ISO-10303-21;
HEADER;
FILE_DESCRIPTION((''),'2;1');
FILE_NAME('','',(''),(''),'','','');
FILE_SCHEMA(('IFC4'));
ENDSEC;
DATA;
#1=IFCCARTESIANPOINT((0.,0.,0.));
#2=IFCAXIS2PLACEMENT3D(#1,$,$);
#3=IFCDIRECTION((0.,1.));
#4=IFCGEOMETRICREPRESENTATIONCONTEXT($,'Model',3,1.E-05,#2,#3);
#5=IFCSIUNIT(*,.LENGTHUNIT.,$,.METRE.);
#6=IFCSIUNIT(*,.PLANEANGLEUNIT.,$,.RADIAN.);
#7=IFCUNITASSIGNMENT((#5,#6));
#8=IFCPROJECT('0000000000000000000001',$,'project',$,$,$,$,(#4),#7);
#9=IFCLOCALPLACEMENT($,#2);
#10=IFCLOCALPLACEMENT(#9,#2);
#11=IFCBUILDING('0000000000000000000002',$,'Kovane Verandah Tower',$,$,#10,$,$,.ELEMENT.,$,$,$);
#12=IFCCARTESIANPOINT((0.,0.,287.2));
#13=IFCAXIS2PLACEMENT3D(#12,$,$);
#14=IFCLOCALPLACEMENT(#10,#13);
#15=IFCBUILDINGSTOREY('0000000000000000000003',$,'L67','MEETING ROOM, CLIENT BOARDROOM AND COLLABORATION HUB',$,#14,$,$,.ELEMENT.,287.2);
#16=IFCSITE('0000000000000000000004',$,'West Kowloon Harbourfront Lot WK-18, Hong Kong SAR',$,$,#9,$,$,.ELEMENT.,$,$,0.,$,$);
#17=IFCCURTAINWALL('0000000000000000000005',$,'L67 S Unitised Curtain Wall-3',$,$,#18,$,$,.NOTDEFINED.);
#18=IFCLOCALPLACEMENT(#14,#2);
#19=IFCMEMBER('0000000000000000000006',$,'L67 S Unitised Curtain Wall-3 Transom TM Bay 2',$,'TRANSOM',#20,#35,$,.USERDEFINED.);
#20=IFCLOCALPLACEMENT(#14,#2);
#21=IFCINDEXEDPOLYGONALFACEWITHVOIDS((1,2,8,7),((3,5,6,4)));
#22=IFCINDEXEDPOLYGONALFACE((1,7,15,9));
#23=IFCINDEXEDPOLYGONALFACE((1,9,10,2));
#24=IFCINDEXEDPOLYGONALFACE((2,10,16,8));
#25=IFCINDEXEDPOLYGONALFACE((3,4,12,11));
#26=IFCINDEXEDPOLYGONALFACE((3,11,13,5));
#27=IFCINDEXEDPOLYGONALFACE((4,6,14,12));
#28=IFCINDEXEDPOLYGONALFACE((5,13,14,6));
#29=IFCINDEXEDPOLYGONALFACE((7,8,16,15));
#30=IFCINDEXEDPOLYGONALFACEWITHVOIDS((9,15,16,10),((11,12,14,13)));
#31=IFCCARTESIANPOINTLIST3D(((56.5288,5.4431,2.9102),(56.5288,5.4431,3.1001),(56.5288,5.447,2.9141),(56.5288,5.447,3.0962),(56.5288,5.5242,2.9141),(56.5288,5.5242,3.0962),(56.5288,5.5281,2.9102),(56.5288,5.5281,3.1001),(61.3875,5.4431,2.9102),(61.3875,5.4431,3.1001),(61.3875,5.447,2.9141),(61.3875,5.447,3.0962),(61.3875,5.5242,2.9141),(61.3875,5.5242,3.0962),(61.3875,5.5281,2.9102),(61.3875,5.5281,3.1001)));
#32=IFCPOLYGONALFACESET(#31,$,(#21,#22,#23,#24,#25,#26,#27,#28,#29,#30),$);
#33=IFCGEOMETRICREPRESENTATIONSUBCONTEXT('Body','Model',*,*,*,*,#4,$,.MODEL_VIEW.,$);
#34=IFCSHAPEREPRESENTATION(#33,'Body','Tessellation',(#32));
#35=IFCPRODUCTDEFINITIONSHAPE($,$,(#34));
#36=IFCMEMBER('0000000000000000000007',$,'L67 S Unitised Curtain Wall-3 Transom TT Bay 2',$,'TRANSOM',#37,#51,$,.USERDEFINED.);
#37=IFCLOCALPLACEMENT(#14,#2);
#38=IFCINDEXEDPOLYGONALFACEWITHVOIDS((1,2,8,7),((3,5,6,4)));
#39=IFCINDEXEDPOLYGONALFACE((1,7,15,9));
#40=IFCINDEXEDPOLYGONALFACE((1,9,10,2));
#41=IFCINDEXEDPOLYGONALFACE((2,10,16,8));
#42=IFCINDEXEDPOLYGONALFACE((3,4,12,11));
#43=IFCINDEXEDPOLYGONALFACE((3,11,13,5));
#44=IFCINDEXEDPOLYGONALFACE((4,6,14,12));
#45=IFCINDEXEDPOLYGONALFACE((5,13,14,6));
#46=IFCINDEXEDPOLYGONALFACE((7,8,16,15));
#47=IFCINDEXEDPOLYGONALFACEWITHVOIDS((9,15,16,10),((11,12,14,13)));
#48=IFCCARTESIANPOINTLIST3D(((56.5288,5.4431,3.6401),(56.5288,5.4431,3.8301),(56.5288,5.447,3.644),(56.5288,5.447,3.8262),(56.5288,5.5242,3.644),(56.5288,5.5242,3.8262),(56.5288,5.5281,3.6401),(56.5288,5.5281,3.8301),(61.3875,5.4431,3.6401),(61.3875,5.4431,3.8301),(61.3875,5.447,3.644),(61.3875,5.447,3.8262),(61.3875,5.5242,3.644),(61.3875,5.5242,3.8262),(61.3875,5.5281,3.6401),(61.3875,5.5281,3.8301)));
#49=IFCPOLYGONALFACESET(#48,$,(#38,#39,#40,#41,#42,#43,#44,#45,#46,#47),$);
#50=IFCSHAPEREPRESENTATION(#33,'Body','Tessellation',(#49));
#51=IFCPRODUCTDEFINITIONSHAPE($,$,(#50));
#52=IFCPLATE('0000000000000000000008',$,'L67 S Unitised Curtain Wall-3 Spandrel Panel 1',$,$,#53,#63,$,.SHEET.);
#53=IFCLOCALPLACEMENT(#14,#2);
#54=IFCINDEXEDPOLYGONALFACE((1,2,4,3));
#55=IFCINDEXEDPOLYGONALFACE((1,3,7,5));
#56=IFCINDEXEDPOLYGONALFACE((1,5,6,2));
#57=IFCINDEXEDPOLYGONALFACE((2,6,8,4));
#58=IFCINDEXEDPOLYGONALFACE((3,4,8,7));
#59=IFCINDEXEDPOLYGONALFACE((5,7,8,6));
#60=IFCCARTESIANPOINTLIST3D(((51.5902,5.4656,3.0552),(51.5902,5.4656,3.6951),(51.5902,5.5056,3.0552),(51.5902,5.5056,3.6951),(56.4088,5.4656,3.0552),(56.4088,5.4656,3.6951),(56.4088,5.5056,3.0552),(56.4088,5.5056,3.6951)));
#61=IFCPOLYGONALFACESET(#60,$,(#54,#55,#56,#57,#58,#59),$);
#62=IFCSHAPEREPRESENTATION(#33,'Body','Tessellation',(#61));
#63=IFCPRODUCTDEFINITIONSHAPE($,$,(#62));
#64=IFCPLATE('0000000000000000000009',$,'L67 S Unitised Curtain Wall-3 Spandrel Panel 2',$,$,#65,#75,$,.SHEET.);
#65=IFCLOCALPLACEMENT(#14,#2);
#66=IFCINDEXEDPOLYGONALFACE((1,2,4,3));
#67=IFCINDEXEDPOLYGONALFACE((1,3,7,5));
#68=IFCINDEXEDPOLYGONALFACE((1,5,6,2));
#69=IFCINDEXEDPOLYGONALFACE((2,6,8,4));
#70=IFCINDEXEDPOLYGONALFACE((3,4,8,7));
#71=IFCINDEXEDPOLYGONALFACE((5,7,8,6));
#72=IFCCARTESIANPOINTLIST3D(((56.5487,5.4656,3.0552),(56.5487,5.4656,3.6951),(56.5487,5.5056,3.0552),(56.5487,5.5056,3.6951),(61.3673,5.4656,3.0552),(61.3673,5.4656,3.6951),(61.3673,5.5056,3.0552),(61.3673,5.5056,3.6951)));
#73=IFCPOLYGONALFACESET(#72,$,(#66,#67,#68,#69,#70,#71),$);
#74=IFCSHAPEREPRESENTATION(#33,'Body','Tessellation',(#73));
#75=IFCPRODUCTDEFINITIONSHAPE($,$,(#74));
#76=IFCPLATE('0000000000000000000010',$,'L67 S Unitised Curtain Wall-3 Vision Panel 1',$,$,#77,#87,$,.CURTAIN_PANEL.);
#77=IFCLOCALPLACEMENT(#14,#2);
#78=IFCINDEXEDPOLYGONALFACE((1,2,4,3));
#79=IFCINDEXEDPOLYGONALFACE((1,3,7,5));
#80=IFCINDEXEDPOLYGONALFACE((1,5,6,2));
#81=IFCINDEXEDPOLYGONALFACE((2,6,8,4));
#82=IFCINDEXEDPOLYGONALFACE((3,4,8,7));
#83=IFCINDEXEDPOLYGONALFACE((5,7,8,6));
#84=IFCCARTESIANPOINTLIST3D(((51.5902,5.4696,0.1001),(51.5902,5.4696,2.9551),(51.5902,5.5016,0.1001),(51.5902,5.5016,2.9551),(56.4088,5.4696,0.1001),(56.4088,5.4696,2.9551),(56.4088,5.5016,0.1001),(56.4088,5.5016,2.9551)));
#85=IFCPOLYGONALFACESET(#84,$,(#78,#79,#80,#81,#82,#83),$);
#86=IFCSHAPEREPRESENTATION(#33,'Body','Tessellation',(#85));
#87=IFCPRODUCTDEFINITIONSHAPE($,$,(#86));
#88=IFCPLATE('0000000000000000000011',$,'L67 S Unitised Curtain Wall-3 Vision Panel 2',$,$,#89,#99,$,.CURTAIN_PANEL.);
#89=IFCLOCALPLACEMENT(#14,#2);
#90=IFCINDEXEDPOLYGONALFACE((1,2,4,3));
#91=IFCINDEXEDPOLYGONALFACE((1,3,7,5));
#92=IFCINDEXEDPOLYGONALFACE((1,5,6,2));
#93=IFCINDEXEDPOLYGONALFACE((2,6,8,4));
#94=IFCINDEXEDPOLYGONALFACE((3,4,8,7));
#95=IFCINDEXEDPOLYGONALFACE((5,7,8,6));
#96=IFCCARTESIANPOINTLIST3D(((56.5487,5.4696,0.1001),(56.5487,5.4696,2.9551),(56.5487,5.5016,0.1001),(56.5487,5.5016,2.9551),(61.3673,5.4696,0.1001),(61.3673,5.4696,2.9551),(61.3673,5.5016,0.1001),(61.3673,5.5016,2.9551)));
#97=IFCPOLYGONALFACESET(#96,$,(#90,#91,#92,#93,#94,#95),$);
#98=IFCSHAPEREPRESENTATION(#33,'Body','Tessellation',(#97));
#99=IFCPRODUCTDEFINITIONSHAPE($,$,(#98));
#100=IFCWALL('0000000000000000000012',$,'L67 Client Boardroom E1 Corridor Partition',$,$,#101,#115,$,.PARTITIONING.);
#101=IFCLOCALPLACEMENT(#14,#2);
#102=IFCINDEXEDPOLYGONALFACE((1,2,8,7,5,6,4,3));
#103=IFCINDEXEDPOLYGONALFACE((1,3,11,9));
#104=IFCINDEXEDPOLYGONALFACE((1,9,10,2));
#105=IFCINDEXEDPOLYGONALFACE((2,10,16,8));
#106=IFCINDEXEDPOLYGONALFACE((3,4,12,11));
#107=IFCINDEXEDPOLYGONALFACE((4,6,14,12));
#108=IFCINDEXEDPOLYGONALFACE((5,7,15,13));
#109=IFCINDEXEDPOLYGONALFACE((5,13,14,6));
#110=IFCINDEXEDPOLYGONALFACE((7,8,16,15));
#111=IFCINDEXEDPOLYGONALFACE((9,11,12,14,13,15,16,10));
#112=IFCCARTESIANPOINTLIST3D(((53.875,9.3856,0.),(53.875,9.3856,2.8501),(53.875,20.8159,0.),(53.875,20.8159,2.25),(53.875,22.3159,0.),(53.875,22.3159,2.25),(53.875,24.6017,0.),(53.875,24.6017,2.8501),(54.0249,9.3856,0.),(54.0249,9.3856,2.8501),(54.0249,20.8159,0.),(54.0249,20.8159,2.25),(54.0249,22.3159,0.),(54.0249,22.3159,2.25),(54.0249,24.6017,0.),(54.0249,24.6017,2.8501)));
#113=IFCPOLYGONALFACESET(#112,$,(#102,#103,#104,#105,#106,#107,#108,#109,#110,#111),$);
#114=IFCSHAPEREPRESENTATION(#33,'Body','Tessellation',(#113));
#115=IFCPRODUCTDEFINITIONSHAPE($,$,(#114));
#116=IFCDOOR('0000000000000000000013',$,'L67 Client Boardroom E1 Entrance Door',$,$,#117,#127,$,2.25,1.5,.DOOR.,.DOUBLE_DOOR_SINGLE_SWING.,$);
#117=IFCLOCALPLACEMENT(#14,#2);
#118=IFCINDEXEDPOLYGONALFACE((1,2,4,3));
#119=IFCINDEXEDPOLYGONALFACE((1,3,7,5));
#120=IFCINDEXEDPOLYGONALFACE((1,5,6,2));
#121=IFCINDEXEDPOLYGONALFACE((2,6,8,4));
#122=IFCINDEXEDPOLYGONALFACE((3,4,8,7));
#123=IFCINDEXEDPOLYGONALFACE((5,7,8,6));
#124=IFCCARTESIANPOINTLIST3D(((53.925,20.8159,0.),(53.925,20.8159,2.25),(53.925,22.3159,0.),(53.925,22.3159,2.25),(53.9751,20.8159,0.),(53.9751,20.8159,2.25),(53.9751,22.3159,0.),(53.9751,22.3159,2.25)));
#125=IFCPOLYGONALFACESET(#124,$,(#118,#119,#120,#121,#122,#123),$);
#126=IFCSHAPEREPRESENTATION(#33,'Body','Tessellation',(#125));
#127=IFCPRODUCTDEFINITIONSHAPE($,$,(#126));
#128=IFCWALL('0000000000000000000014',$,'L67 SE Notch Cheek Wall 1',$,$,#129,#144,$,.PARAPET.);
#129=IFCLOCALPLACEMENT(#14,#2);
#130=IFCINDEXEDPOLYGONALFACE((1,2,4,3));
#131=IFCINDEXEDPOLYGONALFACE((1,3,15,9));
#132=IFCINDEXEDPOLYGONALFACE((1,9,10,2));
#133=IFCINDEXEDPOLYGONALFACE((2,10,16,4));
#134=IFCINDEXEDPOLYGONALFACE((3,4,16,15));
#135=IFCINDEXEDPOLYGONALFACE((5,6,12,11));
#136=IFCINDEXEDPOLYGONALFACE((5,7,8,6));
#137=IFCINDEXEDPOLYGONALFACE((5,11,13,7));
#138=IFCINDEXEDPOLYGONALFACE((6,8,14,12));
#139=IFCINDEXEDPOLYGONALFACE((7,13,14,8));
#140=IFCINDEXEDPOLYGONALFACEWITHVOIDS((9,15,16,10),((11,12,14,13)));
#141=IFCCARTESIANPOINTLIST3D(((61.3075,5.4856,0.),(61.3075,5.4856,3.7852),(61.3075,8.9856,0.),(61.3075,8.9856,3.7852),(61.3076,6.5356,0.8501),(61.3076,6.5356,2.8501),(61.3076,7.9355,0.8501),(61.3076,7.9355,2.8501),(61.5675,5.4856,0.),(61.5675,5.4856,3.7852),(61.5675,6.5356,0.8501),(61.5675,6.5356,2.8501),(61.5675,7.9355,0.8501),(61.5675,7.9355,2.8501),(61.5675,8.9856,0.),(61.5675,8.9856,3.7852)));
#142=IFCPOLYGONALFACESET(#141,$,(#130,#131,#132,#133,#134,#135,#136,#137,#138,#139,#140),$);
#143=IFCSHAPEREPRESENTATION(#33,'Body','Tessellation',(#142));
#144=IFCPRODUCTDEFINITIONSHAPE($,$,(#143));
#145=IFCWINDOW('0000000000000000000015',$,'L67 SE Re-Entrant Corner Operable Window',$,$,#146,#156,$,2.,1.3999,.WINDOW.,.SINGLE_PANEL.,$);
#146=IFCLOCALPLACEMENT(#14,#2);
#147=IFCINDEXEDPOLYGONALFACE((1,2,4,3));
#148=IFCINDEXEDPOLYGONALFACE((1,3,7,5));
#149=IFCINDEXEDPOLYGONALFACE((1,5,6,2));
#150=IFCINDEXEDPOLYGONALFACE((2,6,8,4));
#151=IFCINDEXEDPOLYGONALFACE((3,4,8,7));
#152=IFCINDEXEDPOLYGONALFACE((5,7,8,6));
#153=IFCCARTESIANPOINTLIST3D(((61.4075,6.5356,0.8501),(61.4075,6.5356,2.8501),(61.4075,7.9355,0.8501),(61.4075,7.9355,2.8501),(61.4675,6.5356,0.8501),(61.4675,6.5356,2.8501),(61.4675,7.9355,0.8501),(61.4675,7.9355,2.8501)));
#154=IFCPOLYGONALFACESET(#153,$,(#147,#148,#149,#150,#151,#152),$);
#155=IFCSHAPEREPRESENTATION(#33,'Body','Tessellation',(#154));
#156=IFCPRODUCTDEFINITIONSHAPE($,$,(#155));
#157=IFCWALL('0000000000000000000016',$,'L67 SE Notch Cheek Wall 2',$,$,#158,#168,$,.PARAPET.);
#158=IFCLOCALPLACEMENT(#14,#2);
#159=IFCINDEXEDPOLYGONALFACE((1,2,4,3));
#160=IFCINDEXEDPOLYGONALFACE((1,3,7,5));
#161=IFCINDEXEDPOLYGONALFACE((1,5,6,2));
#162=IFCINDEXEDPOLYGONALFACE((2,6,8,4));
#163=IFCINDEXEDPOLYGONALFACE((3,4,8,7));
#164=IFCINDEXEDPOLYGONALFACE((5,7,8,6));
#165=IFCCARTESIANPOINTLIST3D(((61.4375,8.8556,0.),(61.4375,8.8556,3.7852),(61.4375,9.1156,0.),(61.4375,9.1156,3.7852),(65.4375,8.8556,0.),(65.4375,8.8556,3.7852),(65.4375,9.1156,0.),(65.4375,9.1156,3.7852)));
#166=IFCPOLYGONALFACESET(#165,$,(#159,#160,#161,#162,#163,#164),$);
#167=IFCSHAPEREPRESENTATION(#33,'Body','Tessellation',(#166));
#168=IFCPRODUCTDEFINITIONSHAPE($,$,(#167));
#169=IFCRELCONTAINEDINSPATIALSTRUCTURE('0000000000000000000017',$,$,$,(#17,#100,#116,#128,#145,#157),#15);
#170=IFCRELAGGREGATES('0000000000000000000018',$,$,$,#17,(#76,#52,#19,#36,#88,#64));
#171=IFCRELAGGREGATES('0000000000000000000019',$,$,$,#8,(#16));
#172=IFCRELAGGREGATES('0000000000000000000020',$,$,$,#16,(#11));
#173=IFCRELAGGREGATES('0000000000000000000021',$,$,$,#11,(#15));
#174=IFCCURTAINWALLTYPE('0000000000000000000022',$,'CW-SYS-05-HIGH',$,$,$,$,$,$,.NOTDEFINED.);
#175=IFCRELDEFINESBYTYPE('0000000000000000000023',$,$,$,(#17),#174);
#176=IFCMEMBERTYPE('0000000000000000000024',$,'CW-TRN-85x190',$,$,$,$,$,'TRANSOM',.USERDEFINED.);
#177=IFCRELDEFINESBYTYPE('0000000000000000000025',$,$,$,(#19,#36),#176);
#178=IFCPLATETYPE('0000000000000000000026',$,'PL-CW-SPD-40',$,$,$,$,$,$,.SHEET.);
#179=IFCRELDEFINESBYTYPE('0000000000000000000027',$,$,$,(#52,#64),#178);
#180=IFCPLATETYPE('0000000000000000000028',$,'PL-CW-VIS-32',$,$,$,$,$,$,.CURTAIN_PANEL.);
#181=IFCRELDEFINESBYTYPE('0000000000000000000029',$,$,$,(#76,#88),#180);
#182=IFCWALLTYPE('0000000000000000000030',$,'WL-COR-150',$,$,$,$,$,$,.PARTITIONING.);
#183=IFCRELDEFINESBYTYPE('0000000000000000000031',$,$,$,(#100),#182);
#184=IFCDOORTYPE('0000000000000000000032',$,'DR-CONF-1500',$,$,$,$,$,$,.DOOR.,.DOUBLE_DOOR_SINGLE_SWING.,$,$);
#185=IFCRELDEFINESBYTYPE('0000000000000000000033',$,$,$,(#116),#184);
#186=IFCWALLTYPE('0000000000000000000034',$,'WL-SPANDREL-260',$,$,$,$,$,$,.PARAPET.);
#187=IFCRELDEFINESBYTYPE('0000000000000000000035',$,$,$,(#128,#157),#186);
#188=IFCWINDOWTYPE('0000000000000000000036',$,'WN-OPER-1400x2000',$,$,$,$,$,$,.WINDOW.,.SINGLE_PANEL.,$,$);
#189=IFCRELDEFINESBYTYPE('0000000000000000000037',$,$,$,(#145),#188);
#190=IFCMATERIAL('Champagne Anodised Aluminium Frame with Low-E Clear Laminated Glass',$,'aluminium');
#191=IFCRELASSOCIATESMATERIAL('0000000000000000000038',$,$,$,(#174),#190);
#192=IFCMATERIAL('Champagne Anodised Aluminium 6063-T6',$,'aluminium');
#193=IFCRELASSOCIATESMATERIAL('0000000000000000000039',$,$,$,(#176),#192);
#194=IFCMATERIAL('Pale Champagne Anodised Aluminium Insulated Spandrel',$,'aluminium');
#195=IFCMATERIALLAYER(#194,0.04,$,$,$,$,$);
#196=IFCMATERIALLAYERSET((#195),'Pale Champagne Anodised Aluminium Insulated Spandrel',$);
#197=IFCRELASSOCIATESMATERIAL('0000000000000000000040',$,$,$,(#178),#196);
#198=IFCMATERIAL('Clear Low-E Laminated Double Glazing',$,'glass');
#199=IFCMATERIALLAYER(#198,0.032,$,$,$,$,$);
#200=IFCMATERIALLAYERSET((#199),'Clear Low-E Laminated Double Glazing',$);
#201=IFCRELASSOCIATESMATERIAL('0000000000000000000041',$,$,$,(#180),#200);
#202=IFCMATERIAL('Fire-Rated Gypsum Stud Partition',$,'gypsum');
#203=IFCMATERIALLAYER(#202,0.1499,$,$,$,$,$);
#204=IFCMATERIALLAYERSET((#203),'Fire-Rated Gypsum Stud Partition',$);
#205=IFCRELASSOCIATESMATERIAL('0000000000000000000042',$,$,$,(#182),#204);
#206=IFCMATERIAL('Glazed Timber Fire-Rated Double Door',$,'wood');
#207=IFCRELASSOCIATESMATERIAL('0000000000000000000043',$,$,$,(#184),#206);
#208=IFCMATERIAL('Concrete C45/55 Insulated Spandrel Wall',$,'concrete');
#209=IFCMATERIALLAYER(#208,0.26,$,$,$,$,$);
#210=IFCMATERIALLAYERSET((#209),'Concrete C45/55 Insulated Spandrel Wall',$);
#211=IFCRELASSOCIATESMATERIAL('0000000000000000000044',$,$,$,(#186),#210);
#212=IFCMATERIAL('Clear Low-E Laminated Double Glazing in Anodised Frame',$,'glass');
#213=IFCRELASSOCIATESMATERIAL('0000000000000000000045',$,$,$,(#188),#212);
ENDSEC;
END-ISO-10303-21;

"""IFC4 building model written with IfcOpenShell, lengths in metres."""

from ifc_helpers import new_model, si_unit, direction, frame, frame_2d, origin, origin_2d, place, context, subcontext, project, spatial, rectangle, hollow_rectangle, extrude, material, layer, layer_set, material_profile, profile_set, type_object, element, fill, aggregate, save


model = new_model("IFC4")

# Units and contexts
model_context = context("Model", 3, precision=1e-05, world=origin(), true_north=direction((0.0, 1.0)))
body_context = subcontext(model_context, "Body", "Model", "MODEL_VIEW")
ifc_project = project(units=[si_unit("LENGTHUNIT", "METRE"), si_unit("PLANEANGLEUNIT", "RADIAN")], contexts=[model_context])

# Site, building, storey
site_placement = place(None, origin())
site = spatial("IfcSite", under=ifc_project, at=site_placement, Name="West Kowloon Harbourfront Lot WK-18, Hong Kong SAR", CompositionType="ELEMENT", RefElevation=0.0)
building_placement = place(site_placement, origin())
building = spatial("IfcBuilding", under=site, at=building_placement, Name="Kovane Verandah Tower", CompositionType="ELEMENT")
storey_placement = place(building_placement, frame((0.0, 0.0, 287.2)))
storey = spatial("IfcBuildingStorey", under=building, at=storey_placement, Name="L67", Description="MEETING ROOM, CLIENT BOARDROOM AND COLLABORATION HUB", CompositionType="ELEMENT", Elevation=287.2)

# Curtain wall, members, plates
ifc_material_1 = material(Name="Champagne Anodised Aluminium Frame with Low-E Clear Laminated Glass", Category="aluminium")
curtain_wall_type = type_object("IfcCurtainWallType", Name="CW-SYS-05-HIGH", PredefinedType="NOTDEFINED", material=ifc_material_1)
curtain_wall_placement = place(storey_placement, origin())
curtain_wall = element("IfcCurtainWall", 1, at=curtain_wall_placement, inside=storey, type_object=curtain_wall_type, Name="L67 S Unitised Curtain Wall-3", PredefinedType="NOTDEFINED")
ifc_material_2 = material(Name="Champagne Anodised Aluminium 6063-T6", Category="aluminium")
ifc_material_profile_1 = material_profile(ifc_material_2, hollow_rectangle(XDim=0.085, YDim=0.1899, WallThickness=0.0039, at=origin_2d()), Name="AL85x190x4")
ifc_profile_set_1 = profile_set([ifc_material_profile_1], Name="Champagne Anodised Aluminium 6063-T6")
member_type_1 = type_object("IfcMemberType", Name="CW-TRN-85x190", ElementType="TRANSOM", PredefinedType="USERDEFINED", material=ifc_profile_set_1)
member_1_placement = place(storey_placement, frame((56.5288, 5.4856, 3.0051), z_axis=(1.0, 0.0, 0.0), x_axis=(0.0, 1.0, 0.0)))
member_1 = element("IfcMember", 2, at=member_1_placement, type_object=member_type_1, Name="L67 S Unitised Curtain Wall-3 Transom TM Bay 2", ObjectType="TRANSOM", PredefinedType="USERDEFINED", context=body_context, shape_type="SweptSolid", body=[
    extrude(hollow_rectangle(XDim=0.085, YDim=0.1899, WallThickness=0.0039, at=origin_2d()), origin(), (0.0, 0.0, 1.0), 4.8586),
])
member_2_placement = place(storey_placement, frame((56.5288, 5.4856, 3.7351), z_axis=(1.0, 0.0, 0.0), x_axis=(0.0, 1.0, 0.0)))
member_2 = element("IfcMember", 3, at=member_2_placement, type_object=member_type_1, Name="L67 S Unitised Curtain Wall-3 Transom TT Bay 2", ObjectType="TRANSOM", PredefinedType="USERDEFINED", context=body_context, shape_type="SweptSolid", body=[
    extrude(hollow_rectangle(XDim=0.085, YDim=0.1899, WallThickness=0.0039, at=origin_2d()), origin(), (0.0, 0.0, 1.0), 4.8586),
])
ifc_material_3 = material(Name="Pale Champagne Anodised Aluminium Insulated Spandrel", Category="aluminium")
ifc_layer_1 = layer(ifc_material_3, 0.04)
ifc_layer_set_1 = layer_set([ifc_layer_1], Name="Pale Champagne Anodised Aluminium Insulated Spandrel")
plate_type_1 = type_object("IfcPlateType", Name="PL-CW-SPD-40", PredefinedType="SHEET", material=ifc_layer_set_1)
plate_1_placement = place(storey_placement, frame((53.9995, 5.4856, 3.0552), z_axis=(0.0, 0.0, 1.0), x_axis=(1.0, 0.0, 0.0)))
plate_1 = element("IfcPlate", 4, at=plate_1_placement, type_object=plate_type_1, Name="L67 S Unitised Curtain Wall-3 Spandrel Panel 1", PredefinedType="SHEET", context=body_context, shape_type="SweptSolid", body=[
    extrude(rectangle(XDim=4.8186, YDim=0.04, at=origin_2d()), origin(), (0.0, 0.0, 1.0), 0.6399),
])
plate_2_placement = place(storey_placement, frame((58.958, 5.4856, 3.0552), z_axis=(0.0, 0.0, 1.0), x_axis=(1.0, 0.0, 0.0)))
plate_2 = element("IfcPlate", 5, at=plate_2_placement, type_object=plate_type_1, Name="L67 S Unitised Curtain Wall-3 Spandrel Panel 2", PredefinedType="SHEET", context=body_context, shape_type="SweptSolid", body=[
    extrude(rectangle(XDim=4.8186, YDim=0.04, at=origin_2d()), origin(), (0.0, 0.0, 1.0), 0.6399),
])
ifc_material_4 = material(Name="Clear Low-E Laminated Double Glazing", Category="glass")
ifc_layer_2 = layer(ifc_material_4, 0.032)
ifc_layer_set_2 = layer_set([ifc_layer_2], Name="Clear Low-E Laminated Double Glazing")
plate_type_2 = type_object("IfcPlateType", Name="PL-CW-VIS-32", PredefinedType="CURTAIN_PANEL", material=ifc_layer_set_2)
plate_3_placement = place(storey_placement, frame((53.9995, 5.4856, 0.1001), z_axis=(0.0, 0.0, 1.0), x_axis=(1.0, 0.0, 0.0)))
plate_3 = element("IfcPlate", 6, at=plate_3_placement, type_object=plate_type_2, Name="L67 S Unitised Curtain Wall-3 Vision Panel 1", PredefinedType="CURTAIN_PANEL", context=body_context, shape_type="SweptSolid", body=[
    extrude(rectangle(XDim=4.8186, YDim=0.032, at=origin_2d()), origin(), (0.0, 0.0, 1.0), 2.855),
])
plate_4_placement = place(storey_placement, frame((58.958, 5.4856, 0.1001), z_axis=(0.0, 0.0, 1.0), x_axis=(1.0, 0.0, 0.0)))
plate_4 = element("IfcPlate", 7, at=plate_4_placement, type_object=plate_type_2, Name="L67 S Unitised Curtain Wall-3 Vision Panel 2", PredefinedType="CURTAIN_PANEL", context=body_context, shape_type="SweptSolid", body=[
    extrude(rectangle(XDim=4.8186, YDim=0.032, at=origin_2d()), origin(), (0.0, 0.0, 1.0), 2.855),
])
aggregate(curtain_wall, [plate_3, plate_1, member_1, member_2, plate_4, plate_2])

# Wall, opening, door
ifc_material_5 = material(Name="Fire-Rated Gypsum Stud Partition", Category="gypsum")
ifc_layer_3 = layer(ifc_material_5, 0.1499)
ifc_layer_set_3 = layer_set([ifc_layer_3], Name="Fire-Rated Gypsum Stud Partition")
wall_type_1 = type_object("IfcWallType", Name="WL-COR-150", PredefinedType="PARTITIONING", material=ifc_layer_set_3)
wall_1_placement = place(storey_placement, frame((53.95, 9.3857, 0.0), z_axis=(0.0, 0.0, 1.0), x_axis=(0.0, 1.0, 0.0)))
wall_1 = element("IfcWall", 8, at=wall_1_placement, inside=storey, type_object=wall_type_1, Name="L67 Client Boardroom E1 Corridor Partition", PredefinedType="PARTITIONING", context=body_context, shape_type="SweptSolid", body=[
    extrude(rectangle(XDim=15.2161, YDim=0.1499, at=frame_2d((7.6079, 0.0))), origin(), (0.0, 0.0, 1.0), 2.8501),
])
opening_1_placement = place(wall_1_placement, frame((11.4302, 0.0, 0.0)))
opening_1 = element("IfcOpeningElement", 9, at=opening_1_placement, cuts=wall_1, PredefinedType="OPENING", context=body_context, shape_type="SweptSolid", body=[
    extrude(rectangle(XDim=1.5, YDim=2.25, at=frame_2d((0.75, 1.125))), frame((0.0, 0.075, 0.0), z_axis=(0.0, -1.0, 0.0), x_axis=(1.0, 0.0, 0.0)), (0.0, 0.0, 1.0), 0.1499),
])
ifc_material_6 = material(Name="Glazed Timber Fire-Rated Double Door", Category="wood")
door_type_1 = type_object("IfcDoorType", Name="DR-CONF-1500", OperationType="DOUBLE_DOOR_SINGLE_SWING", PredefinedType="DOOR", material=ifc_material_6)
door_1_placement = place(opening_1_placement, origin())
door_1 = element("IfcDoor", 10, at=door_1_placement, inside=storey, type_object=door_type_1, Name="L67 Client Boardroom E1 Entrance Door", OperationType="DOUBLE_DOOR_SINGLE_SWING", OverallHeight=2.25, OverallWidth=1.5, PredefinedType="DOOR", context=body_context, shape_type="SweptSolid", body=[
    extrude(rectangle(XDim=1.5, YDim=2.25, at=frame_2d((0.75, 1.125))), frame((0.0, 0.0249, 0.0), z_axis=(0.0, -1.0, 0.0), x_axis=(1.0, 0.0, 0.0)), (0.0, 0.0, 1.0), 0.05),
])
fill(opening_1, door_1)

# Shared definitions
ifc_material_7 = material(Name="Concrete C45/55 Insulated Spandrel Wall", Category="concrete")
ifc_layer_4 = layer(ifc_material_7, 0.26)
ifc_layer_set_4 = layer_set([ifc_layer_4], Name="Concrete C45/55 Insulated Spandrel Wall")
wall_type_2 = type_object("IfcWallType", Name="WL-SPANDREL-260", PredefinedType="PARAPET", material=ifc_layer_set_4)
ifc_material_8 = material(Name="Clear Low-E Laminated Double Glazing in Anodised Frame", Category="glass")

# Wall, opening, window
wall_2_placement = place(storey_placement, frame((61.4375, 5.4856, 0.0), z_axis=(0.0, 0.0, 1.0), x_axis=(0.0, 1.0, 0.0)))
wall_2 = element("IfcWall", 11, at=wall_2_placement, inside=storey, type_object=wall_type_2, Name="L67 SE Notch Cheek Wall 1", PredefinedType="PARAPET", context=body_context, shape_type="SweptSolid", body=[
    extrude(rectangle(XDim=3.5, YDim=0.26, at=frame_2d((1.75, 0.0))), origin(), (0.0, 0.0, 1.0), 3.7852),
])
opening_2_placement = place(wall_2_placement, frame((1.05, 0.0, 0.8501)))
opening_2 = element("IfcOpeningElement", 12, at=opening_2_placement, cuts=wall_2, PredefinedType="OPENING", context=body_context, shape_type="SweptSolid", body=[
    extrude(rectangle(XDim=1.3999, YDim=2.0, at=frame_2d((0.7, 1.0))), frame((0.0, 0.1299, 0.0), z_axis=(0.0, -1.0, 0.0), x_axis=(1.0, 0.0, 0.0)), (0.0, 0.0, 1.0), 0.26),
])
window_type_1 = type_object("IfcWindowType", Name="WN-OPER-1400x2000", PartitioningType="SINGLE_PANEL", PredefinedType="WINDOW", material=ifc_material_8)
window_1_placement = place(opening_2_placement, origin())
window_1 = element("IfcWindow", 13, at=window_1_placement, inside=storey, type_object=window_type_1, Name="L67 SE Re-Entrant Corner Operable Window", OverallHeight=2.0, OverallWidth=1.3999, PartitioningType="SINGLE_PANEL", PredefinedType="WINDOW", context=body_context, shape_type="SweptSolid", body=[
    extrude(rectangle(XDim=1.3999, YDim=2.0, at=frame_2d((0.7, 1.0))), frame((0.0, 0.03, 0.0), z_axis=(0.0, -1.0, 0.0), x_axis=(1.0, 0.0, 0.0)), (0.0, 0.0, 1.0), 0.0601),
])
fill(opening_2, window_1)

# Wall
wall_3_placement = place(storey_placement, frame((61.4375, 8.9856, 0.0), z_axis=(0.0, 0.0, 1.0), x_axis=(1.0, 0.0, 0.0)))
element("IfcWall", 14, at=wall_3_placement, inside=storey, type_object=wall_type_2, Name="L67 SE Notch Cheek Wall 2", PredefinedType="PARAPET", context=body_context, shape_type="SweptSolid", body=[
    extrude(rectangle(XDim=4.0, YDim=0.26, at=frame_2d((2.0, 0.0))), origin(), (0.0, 0.0, 1.0), 3.7852),
])

save(model, "model.ifc")
